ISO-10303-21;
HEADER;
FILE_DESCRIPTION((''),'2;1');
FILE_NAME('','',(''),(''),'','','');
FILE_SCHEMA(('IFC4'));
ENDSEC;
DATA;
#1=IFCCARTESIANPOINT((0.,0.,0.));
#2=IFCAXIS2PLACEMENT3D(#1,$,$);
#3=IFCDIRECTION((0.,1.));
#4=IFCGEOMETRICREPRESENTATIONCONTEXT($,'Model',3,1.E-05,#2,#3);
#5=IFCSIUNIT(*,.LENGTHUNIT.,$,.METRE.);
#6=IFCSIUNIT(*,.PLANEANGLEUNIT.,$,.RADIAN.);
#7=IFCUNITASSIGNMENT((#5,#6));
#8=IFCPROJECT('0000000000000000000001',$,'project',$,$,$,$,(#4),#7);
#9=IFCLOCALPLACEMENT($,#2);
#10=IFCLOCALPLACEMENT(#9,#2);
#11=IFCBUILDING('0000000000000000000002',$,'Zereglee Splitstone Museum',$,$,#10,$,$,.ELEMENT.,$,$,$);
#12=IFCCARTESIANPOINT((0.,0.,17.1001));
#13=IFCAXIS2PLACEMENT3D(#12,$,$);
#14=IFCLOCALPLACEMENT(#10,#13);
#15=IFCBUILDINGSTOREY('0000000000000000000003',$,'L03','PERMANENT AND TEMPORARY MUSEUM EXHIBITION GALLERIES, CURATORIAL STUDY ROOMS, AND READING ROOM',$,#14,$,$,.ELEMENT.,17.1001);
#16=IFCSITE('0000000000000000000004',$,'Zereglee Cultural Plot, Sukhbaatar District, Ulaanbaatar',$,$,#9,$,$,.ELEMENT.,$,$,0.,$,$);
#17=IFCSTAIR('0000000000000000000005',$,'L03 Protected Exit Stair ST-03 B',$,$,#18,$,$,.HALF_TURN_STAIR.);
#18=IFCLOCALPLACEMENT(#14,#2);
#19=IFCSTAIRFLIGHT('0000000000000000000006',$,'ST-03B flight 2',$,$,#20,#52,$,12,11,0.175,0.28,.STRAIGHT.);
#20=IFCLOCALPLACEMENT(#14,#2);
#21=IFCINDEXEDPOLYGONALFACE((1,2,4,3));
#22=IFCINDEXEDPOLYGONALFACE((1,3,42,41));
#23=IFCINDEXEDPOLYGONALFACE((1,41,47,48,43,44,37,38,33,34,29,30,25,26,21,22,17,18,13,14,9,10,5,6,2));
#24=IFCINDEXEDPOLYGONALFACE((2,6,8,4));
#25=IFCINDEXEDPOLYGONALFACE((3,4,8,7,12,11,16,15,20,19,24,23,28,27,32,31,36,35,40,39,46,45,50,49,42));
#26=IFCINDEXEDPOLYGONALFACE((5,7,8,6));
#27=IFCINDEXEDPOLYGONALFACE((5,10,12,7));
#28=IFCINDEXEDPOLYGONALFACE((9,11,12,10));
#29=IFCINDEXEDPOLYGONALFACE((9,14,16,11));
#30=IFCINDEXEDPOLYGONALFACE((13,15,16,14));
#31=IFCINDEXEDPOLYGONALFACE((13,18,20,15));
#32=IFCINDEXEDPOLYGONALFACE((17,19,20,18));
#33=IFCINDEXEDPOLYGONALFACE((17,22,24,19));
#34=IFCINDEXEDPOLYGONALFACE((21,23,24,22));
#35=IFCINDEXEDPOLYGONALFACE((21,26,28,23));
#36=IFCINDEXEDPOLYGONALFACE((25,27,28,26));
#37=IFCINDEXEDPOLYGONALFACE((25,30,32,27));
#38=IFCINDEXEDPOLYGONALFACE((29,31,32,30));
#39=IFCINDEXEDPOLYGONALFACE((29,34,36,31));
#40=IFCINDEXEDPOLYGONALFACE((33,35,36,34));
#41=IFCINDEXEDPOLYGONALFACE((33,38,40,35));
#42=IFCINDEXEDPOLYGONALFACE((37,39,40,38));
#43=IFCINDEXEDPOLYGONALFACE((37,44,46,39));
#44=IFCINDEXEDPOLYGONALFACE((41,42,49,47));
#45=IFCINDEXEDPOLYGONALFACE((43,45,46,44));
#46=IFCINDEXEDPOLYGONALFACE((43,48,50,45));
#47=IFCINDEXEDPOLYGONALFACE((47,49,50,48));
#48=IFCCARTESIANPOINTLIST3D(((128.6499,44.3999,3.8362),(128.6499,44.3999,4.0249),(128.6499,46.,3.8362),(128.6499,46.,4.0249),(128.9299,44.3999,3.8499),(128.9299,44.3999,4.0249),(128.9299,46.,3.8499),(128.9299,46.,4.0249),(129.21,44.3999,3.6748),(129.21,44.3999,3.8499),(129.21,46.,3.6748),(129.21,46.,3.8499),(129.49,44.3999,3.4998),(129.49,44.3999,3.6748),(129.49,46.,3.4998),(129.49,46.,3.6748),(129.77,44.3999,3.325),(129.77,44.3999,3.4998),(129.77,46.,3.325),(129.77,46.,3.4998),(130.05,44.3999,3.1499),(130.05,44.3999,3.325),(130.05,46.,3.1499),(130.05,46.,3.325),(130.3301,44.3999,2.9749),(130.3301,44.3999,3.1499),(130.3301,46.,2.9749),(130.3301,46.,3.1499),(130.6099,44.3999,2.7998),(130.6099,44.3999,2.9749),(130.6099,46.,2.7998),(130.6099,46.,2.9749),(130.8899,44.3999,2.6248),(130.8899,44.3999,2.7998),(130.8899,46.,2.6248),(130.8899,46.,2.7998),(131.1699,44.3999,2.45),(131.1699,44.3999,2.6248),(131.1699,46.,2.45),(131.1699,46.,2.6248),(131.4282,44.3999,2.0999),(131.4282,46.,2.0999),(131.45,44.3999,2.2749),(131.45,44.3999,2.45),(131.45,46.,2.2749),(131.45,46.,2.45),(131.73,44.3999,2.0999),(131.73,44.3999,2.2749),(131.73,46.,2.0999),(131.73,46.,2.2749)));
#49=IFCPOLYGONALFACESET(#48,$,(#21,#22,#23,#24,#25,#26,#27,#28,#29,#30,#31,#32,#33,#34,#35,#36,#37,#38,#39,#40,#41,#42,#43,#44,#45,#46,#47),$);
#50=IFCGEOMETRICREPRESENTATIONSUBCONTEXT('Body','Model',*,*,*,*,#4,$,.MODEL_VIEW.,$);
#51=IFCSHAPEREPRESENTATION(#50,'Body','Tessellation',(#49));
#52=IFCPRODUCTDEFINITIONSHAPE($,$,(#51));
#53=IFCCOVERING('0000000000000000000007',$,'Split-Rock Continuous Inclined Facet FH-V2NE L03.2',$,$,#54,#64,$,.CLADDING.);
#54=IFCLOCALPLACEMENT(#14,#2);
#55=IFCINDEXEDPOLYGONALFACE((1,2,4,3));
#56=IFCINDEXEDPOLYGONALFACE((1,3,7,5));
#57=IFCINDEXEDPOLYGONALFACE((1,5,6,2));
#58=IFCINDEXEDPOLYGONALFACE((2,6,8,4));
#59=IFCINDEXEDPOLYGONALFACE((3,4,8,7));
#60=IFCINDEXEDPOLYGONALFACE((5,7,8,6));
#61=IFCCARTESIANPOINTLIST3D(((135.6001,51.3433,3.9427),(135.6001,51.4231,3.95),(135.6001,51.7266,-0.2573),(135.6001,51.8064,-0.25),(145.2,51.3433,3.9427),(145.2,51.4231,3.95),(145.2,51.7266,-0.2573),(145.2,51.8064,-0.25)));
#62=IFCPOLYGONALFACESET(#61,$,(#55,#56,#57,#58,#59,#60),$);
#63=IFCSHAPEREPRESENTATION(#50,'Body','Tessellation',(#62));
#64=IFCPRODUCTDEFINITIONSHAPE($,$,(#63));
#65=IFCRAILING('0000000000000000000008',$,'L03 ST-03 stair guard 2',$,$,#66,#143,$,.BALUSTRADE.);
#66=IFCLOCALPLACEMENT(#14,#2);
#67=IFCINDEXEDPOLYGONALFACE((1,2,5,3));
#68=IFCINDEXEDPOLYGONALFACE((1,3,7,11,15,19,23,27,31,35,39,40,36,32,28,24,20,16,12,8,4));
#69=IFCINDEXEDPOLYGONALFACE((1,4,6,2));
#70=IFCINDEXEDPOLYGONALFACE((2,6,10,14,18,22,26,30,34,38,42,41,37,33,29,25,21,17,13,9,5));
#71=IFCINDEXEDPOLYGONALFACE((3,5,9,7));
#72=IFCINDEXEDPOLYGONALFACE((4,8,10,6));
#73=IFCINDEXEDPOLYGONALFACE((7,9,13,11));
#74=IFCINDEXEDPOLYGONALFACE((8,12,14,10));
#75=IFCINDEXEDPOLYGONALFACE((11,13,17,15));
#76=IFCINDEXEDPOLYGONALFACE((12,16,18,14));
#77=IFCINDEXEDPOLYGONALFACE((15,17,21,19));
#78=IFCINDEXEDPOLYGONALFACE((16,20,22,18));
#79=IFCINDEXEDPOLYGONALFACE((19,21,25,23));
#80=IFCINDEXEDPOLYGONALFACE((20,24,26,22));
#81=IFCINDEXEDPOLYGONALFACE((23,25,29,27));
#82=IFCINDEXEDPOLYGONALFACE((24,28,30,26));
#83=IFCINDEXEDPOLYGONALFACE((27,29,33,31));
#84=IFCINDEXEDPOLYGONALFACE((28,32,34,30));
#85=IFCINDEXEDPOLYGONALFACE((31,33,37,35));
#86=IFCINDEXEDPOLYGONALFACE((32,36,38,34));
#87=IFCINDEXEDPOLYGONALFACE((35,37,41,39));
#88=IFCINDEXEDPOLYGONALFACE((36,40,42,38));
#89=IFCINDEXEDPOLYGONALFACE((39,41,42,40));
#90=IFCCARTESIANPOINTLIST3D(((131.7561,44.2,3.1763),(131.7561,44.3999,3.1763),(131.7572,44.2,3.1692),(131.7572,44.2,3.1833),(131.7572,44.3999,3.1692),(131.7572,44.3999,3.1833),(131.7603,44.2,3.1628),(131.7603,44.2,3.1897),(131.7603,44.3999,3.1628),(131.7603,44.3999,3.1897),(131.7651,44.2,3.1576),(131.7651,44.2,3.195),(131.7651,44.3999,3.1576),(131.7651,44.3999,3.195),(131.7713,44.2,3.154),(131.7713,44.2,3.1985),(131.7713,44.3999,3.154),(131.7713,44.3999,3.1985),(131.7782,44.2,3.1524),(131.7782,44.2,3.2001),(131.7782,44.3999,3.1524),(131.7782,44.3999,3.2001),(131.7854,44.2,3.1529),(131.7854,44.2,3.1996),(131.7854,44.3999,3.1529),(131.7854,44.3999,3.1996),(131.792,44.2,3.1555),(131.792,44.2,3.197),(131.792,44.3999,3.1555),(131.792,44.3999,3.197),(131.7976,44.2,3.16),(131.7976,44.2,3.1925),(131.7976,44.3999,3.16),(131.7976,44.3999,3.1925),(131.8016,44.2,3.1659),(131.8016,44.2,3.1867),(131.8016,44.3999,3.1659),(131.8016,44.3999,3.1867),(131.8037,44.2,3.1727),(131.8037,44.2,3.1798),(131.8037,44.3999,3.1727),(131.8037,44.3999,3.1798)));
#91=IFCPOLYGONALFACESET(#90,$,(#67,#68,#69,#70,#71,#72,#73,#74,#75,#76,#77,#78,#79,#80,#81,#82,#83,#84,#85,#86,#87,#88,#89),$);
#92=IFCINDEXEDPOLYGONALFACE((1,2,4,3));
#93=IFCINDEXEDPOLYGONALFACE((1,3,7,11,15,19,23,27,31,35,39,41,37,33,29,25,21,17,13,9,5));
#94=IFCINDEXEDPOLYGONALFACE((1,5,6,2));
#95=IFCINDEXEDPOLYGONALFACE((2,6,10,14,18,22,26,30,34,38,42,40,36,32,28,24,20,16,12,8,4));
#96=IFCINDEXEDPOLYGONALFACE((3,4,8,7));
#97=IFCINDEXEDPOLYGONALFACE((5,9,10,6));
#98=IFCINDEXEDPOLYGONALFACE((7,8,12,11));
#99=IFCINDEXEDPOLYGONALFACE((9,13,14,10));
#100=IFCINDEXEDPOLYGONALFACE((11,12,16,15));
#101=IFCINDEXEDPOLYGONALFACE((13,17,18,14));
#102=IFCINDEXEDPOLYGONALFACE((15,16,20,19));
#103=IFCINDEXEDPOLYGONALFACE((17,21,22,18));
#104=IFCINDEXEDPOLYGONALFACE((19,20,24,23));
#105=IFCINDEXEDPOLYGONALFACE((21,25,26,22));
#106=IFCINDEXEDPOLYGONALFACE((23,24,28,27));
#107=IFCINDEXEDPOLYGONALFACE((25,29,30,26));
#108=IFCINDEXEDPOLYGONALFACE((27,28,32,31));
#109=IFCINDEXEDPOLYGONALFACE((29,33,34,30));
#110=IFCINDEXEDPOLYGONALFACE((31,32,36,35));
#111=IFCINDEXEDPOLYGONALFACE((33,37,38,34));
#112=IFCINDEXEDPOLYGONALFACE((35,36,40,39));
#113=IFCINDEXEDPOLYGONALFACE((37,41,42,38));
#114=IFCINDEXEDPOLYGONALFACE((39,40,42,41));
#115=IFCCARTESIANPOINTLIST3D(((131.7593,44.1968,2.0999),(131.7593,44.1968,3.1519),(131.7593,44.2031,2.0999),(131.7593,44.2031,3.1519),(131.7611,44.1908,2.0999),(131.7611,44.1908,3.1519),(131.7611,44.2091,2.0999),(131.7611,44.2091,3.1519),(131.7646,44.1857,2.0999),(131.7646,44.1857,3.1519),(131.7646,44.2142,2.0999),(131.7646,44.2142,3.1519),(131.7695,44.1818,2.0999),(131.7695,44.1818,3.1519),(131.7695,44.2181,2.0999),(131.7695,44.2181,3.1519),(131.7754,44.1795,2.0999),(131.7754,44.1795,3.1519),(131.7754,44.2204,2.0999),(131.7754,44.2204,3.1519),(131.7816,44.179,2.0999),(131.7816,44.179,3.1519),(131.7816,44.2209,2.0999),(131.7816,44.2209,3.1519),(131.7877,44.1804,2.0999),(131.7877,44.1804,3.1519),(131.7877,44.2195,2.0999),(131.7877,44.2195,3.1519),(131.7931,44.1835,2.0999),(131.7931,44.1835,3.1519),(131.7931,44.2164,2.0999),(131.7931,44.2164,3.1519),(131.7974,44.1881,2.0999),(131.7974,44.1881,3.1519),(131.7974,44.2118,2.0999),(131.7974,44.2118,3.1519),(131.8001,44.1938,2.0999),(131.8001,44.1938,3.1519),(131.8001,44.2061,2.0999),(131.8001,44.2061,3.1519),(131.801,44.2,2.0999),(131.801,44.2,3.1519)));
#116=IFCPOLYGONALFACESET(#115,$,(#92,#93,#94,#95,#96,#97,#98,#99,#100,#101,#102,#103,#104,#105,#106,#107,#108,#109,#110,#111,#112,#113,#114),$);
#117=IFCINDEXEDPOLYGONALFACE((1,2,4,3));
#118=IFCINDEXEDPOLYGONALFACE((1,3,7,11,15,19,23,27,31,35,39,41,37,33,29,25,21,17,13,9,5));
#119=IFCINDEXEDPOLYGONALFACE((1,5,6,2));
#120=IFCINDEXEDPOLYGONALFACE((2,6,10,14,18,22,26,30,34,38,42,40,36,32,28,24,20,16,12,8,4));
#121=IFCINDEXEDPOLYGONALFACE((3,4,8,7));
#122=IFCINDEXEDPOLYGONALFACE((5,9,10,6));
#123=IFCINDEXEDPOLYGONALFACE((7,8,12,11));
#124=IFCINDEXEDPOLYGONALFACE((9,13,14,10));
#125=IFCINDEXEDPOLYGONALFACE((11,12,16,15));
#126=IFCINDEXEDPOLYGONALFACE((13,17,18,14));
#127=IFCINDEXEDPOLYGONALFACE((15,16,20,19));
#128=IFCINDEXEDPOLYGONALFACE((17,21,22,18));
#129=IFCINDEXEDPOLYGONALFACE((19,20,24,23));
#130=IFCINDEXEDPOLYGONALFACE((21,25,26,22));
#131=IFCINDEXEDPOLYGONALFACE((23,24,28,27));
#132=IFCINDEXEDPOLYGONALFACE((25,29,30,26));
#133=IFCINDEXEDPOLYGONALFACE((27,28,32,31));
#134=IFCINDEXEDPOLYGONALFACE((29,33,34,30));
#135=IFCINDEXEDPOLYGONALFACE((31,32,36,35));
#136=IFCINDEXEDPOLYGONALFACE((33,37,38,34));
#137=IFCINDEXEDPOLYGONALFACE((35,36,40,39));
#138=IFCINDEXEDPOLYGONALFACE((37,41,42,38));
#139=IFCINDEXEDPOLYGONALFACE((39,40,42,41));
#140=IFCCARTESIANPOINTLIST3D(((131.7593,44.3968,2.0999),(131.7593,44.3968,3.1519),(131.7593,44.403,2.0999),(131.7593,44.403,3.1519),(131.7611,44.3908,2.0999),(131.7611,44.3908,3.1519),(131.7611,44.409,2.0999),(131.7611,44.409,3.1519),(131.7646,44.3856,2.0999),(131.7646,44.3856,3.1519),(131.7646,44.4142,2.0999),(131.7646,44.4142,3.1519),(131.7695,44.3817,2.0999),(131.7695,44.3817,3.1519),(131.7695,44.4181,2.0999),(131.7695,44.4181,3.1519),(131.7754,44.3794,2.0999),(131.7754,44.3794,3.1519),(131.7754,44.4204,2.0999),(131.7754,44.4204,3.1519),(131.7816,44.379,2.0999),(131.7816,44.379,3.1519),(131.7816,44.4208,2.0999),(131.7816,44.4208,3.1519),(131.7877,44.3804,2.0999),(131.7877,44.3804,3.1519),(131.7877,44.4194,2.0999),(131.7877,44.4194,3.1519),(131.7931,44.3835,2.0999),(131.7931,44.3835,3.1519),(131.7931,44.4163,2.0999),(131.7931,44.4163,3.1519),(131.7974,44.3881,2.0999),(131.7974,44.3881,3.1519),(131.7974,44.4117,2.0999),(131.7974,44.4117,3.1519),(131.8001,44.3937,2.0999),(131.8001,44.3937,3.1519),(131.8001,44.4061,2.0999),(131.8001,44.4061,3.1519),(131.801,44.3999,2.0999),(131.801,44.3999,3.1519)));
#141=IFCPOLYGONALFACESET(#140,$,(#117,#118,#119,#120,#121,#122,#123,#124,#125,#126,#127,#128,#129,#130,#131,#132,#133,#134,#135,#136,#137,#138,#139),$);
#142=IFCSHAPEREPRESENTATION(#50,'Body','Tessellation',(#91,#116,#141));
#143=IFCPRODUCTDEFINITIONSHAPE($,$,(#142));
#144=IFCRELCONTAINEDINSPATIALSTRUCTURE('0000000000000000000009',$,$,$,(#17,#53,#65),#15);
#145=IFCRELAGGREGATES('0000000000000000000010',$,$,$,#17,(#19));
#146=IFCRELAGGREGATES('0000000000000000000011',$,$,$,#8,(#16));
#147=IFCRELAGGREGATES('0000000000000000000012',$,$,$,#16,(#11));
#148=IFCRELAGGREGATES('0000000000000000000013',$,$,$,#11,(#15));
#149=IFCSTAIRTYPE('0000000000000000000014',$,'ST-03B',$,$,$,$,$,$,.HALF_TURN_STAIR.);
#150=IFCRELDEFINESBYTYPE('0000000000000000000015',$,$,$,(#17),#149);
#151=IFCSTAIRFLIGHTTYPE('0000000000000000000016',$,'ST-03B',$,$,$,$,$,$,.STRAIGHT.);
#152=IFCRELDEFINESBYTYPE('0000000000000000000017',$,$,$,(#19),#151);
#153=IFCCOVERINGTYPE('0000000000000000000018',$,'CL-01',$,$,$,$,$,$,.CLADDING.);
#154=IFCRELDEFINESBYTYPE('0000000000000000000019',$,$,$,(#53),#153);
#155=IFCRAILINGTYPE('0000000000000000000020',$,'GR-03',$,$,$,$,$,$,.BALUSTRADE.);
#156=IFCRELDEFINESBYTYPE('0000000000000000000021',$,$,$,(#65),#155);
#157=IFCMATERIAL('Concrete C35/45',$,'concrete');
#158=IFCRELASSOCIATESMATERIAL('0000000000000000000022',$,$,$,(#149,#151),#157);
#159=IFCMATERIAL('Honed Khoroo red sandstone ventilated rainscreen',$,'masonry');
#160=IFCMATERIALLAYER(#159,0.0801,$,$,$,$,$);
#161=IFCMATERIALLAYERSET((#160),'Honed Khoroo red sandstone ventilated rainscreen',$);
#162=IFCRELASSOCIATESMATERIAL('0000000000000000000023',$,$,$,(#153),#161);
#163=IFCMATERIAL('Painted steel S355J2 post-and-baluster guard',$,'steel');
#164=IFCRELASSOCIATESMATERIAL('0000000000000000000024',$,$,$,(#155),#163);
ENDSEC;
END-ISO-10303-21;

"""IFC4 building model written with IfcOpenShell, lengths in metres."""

from ifc_helpers import new_model, si_unit, direction, frame, origin, origin_2d, place, context, subcontext, project, spatial, polyline, circle, outline, extrude, material, layer, layer_set, type_object, element, aggregate, save


model = new_model("IFC4")

# Units and contexts
model_context = context("Model", 3, precision=1e-05, world=origin(), true_north=direction((0.0, 1.0)))
body_context = subcontext(model_context, "Body", "Model", "MODEL_VIEW")
ifc_project = project(units=[si_unit("LENGTHUNIT", "METRE"), si_unit("PLANEANGLEUNIT", "RADIAN")], contexts=[model_context])

# Site, building, storey
site_placement = place(None, origin())
site = spatial("IfcSite", under=ifc_project, at=site_placement, Name="Zereglee Cultural Plot, Sukhbaatar District, Ulaanbaatar", CompositionType="ELEMENT", RefElevation=0.0)
building_placement = place(site_placement, origin())
building = spatial("IfcBuilding", under=site, at=building_placement, Name="Zereglee Splitstone Museum", CompositionType="ELEMENT")
storey_placement = place(building_placement, frame((0.0, 0.0, 17.1001)))
storey = spatial("IfcBuildingStorey", under=building, at=storey_placement, Name="L03", Description="PERMANENT AND TEMPORARY MUSEUM EXHIBITION GALLERIES, CURATORIAL STUDY ROOMS, AND READING ROOM", CompositionType="ELEMENT", Elevation=17.1001)

# Stair, stair flight
ifc_material_1 = material(Name="Concrete C35/45", Category="concrete")
stair_type = type_object("IfcStairType", Name="ST-03B", PredefinedType="HALF_TURN_STAIR", material=ifc_material_1)
stair_placement = place(storey_placement, origin())
stair = element("IfcStair", 1, at=stair_placement, inside=storey, type_object=stair_type, Name="L03 Protected Exit Stair ST-03 B", PredefinedType="HALF_TURN_STAIR")
stair_flight_type = type_object("IfcStairFlightType", Name="ST-03B", PredefinedType="STRAIGHT", material=ifc_material_1)
stair_flight_placement = place(storey_placement, frame((131.73, 45.2, 2.0999), z_axis=(0.0, 0.0, 1.0), x_axis=(-1.0, 0.0, 0.0)))
stair_flight = element("IfcStairFlight", 2, at=stair_flight_placement, type_object=stair_flight_type, Name="ST-03B flight 2", NumberOfRisers=12, NumberOfTreads=11, PredefinedType="STRAIGHT", RiserHeight=0.175, TreadLength=0.28, context=body_context, shape_type="SweptSolid", body=[
    extrude(outline(polyline([(0.0, 0.0), (0.0, 0.175), (0.28, 0.175), (0.28, 0.3501), (0.5601, 0.3501), (0.5601, 0.5249), (0.8401, 0.5249), (0.8401, 0.7), (1.1201, 0.7), (1.1201, 0.875), (1.3999, 0.875), (1.3999, 1.05), (1.6799, 1.05), (1.6799, 1.2251), (1.96, 1.2251), (1.96, 1.3999), (2.24, 1.3999), (2.24, 1.575), (2.52, 1.575), (2.52, 1.75), (2.8, 1.75), (2.8, 1.925), (3.0801, 1.925), (3.0801, 2.1001), (3.0801, 1.7363), (0.3018, 0.0), (0.0, 0.0)])), frame((0.0, 0.8, 0.0), z_axis=(0.0, -1.0, 0.0), x_axis=(1.0, 0.0, 0.0)), (0.0, 0.0, 1.0), 1.6001),
])
aggregate(stair, [stair_flight])

# Covering
ifc_material_2 = material(Name="Honed Khoroo red sandstone ventilated rainscreen", Category="masonry")
ifc_layer_1 = layer(ifc_material_2, 0.0801)
ifc_layer_set_1 = layer_set([ifc_layer_1], Name="Honed Khoroo red sandstone ventilated rainscreen")
covering_type = type_object("IfcCoveringType", Name="CL-01", PredefinedType="CLADDING", material=ifc_layer_set_1)
covering_placement = place(storey_placement, frame((135.6001, 51.4231, 3.95), z_axis=(0.0, 0.995861, 0.090885), x_axis=(1.0, 0.0, 0.0)))
element("IfcCovering", 3, at=covering_placement, inside=storey, type_object=covering_type, Name="Split-Rock Continuous Inclined Facet FH-V2NE L03.2", PredefinedType="CLADDING", context=body_context, shape_type="SweptSolid", body=[
    extrude(outline(polyline([(0.0, 0.0), (9.5999, 0.0), (9.5999, 4.2174), (0.0, 4.2174), (0.0, 0.0)])), origin(), (0.0, 0.0, -1.0), 0.0801),
])

# Railing
ifc_material_3 = material(Name="Painted steel S355J2 post-and-baluster guard", Category="steel")
railing_type_1 = type_object("IfcRailingType", Name="GR-03", PredefinedType="BALUSTRADE", material=ifc_material_3)
railing_1_placement = place(storey_placement, frame((131.78, 44.2, 2.0999)))
element("IfcRailing", 4, at=railing_1_placement, inside=storey, type_object=railing_type_1, Name="L03 ST-03 stair guard 2", PredefinedType="BALUSTRADE", context=body_context, shape_type="SweptSolid", body=[
    extrude(circle(Radius=0.0239, at=origin_2d()), frame((0.0, 0.0, 1.0764), z_axis=(0.0, 1.0, 0.0), x_axis=(-1.0, 0.0, 0.0)), (0.0, 0.0, 1.0), 0.2),
    extrude(circle(Radius=0.021, at=origin_2d()), origin(), (0.0, 0.0, 1.0), 1.052),
    extrude(circle(Radius=0.021, at=origin_2d()), frame((0.0, 0.2, 0.0)), (0.0, 0.0, 1.0), 1.052),
])

save(model, "model.ifc")
